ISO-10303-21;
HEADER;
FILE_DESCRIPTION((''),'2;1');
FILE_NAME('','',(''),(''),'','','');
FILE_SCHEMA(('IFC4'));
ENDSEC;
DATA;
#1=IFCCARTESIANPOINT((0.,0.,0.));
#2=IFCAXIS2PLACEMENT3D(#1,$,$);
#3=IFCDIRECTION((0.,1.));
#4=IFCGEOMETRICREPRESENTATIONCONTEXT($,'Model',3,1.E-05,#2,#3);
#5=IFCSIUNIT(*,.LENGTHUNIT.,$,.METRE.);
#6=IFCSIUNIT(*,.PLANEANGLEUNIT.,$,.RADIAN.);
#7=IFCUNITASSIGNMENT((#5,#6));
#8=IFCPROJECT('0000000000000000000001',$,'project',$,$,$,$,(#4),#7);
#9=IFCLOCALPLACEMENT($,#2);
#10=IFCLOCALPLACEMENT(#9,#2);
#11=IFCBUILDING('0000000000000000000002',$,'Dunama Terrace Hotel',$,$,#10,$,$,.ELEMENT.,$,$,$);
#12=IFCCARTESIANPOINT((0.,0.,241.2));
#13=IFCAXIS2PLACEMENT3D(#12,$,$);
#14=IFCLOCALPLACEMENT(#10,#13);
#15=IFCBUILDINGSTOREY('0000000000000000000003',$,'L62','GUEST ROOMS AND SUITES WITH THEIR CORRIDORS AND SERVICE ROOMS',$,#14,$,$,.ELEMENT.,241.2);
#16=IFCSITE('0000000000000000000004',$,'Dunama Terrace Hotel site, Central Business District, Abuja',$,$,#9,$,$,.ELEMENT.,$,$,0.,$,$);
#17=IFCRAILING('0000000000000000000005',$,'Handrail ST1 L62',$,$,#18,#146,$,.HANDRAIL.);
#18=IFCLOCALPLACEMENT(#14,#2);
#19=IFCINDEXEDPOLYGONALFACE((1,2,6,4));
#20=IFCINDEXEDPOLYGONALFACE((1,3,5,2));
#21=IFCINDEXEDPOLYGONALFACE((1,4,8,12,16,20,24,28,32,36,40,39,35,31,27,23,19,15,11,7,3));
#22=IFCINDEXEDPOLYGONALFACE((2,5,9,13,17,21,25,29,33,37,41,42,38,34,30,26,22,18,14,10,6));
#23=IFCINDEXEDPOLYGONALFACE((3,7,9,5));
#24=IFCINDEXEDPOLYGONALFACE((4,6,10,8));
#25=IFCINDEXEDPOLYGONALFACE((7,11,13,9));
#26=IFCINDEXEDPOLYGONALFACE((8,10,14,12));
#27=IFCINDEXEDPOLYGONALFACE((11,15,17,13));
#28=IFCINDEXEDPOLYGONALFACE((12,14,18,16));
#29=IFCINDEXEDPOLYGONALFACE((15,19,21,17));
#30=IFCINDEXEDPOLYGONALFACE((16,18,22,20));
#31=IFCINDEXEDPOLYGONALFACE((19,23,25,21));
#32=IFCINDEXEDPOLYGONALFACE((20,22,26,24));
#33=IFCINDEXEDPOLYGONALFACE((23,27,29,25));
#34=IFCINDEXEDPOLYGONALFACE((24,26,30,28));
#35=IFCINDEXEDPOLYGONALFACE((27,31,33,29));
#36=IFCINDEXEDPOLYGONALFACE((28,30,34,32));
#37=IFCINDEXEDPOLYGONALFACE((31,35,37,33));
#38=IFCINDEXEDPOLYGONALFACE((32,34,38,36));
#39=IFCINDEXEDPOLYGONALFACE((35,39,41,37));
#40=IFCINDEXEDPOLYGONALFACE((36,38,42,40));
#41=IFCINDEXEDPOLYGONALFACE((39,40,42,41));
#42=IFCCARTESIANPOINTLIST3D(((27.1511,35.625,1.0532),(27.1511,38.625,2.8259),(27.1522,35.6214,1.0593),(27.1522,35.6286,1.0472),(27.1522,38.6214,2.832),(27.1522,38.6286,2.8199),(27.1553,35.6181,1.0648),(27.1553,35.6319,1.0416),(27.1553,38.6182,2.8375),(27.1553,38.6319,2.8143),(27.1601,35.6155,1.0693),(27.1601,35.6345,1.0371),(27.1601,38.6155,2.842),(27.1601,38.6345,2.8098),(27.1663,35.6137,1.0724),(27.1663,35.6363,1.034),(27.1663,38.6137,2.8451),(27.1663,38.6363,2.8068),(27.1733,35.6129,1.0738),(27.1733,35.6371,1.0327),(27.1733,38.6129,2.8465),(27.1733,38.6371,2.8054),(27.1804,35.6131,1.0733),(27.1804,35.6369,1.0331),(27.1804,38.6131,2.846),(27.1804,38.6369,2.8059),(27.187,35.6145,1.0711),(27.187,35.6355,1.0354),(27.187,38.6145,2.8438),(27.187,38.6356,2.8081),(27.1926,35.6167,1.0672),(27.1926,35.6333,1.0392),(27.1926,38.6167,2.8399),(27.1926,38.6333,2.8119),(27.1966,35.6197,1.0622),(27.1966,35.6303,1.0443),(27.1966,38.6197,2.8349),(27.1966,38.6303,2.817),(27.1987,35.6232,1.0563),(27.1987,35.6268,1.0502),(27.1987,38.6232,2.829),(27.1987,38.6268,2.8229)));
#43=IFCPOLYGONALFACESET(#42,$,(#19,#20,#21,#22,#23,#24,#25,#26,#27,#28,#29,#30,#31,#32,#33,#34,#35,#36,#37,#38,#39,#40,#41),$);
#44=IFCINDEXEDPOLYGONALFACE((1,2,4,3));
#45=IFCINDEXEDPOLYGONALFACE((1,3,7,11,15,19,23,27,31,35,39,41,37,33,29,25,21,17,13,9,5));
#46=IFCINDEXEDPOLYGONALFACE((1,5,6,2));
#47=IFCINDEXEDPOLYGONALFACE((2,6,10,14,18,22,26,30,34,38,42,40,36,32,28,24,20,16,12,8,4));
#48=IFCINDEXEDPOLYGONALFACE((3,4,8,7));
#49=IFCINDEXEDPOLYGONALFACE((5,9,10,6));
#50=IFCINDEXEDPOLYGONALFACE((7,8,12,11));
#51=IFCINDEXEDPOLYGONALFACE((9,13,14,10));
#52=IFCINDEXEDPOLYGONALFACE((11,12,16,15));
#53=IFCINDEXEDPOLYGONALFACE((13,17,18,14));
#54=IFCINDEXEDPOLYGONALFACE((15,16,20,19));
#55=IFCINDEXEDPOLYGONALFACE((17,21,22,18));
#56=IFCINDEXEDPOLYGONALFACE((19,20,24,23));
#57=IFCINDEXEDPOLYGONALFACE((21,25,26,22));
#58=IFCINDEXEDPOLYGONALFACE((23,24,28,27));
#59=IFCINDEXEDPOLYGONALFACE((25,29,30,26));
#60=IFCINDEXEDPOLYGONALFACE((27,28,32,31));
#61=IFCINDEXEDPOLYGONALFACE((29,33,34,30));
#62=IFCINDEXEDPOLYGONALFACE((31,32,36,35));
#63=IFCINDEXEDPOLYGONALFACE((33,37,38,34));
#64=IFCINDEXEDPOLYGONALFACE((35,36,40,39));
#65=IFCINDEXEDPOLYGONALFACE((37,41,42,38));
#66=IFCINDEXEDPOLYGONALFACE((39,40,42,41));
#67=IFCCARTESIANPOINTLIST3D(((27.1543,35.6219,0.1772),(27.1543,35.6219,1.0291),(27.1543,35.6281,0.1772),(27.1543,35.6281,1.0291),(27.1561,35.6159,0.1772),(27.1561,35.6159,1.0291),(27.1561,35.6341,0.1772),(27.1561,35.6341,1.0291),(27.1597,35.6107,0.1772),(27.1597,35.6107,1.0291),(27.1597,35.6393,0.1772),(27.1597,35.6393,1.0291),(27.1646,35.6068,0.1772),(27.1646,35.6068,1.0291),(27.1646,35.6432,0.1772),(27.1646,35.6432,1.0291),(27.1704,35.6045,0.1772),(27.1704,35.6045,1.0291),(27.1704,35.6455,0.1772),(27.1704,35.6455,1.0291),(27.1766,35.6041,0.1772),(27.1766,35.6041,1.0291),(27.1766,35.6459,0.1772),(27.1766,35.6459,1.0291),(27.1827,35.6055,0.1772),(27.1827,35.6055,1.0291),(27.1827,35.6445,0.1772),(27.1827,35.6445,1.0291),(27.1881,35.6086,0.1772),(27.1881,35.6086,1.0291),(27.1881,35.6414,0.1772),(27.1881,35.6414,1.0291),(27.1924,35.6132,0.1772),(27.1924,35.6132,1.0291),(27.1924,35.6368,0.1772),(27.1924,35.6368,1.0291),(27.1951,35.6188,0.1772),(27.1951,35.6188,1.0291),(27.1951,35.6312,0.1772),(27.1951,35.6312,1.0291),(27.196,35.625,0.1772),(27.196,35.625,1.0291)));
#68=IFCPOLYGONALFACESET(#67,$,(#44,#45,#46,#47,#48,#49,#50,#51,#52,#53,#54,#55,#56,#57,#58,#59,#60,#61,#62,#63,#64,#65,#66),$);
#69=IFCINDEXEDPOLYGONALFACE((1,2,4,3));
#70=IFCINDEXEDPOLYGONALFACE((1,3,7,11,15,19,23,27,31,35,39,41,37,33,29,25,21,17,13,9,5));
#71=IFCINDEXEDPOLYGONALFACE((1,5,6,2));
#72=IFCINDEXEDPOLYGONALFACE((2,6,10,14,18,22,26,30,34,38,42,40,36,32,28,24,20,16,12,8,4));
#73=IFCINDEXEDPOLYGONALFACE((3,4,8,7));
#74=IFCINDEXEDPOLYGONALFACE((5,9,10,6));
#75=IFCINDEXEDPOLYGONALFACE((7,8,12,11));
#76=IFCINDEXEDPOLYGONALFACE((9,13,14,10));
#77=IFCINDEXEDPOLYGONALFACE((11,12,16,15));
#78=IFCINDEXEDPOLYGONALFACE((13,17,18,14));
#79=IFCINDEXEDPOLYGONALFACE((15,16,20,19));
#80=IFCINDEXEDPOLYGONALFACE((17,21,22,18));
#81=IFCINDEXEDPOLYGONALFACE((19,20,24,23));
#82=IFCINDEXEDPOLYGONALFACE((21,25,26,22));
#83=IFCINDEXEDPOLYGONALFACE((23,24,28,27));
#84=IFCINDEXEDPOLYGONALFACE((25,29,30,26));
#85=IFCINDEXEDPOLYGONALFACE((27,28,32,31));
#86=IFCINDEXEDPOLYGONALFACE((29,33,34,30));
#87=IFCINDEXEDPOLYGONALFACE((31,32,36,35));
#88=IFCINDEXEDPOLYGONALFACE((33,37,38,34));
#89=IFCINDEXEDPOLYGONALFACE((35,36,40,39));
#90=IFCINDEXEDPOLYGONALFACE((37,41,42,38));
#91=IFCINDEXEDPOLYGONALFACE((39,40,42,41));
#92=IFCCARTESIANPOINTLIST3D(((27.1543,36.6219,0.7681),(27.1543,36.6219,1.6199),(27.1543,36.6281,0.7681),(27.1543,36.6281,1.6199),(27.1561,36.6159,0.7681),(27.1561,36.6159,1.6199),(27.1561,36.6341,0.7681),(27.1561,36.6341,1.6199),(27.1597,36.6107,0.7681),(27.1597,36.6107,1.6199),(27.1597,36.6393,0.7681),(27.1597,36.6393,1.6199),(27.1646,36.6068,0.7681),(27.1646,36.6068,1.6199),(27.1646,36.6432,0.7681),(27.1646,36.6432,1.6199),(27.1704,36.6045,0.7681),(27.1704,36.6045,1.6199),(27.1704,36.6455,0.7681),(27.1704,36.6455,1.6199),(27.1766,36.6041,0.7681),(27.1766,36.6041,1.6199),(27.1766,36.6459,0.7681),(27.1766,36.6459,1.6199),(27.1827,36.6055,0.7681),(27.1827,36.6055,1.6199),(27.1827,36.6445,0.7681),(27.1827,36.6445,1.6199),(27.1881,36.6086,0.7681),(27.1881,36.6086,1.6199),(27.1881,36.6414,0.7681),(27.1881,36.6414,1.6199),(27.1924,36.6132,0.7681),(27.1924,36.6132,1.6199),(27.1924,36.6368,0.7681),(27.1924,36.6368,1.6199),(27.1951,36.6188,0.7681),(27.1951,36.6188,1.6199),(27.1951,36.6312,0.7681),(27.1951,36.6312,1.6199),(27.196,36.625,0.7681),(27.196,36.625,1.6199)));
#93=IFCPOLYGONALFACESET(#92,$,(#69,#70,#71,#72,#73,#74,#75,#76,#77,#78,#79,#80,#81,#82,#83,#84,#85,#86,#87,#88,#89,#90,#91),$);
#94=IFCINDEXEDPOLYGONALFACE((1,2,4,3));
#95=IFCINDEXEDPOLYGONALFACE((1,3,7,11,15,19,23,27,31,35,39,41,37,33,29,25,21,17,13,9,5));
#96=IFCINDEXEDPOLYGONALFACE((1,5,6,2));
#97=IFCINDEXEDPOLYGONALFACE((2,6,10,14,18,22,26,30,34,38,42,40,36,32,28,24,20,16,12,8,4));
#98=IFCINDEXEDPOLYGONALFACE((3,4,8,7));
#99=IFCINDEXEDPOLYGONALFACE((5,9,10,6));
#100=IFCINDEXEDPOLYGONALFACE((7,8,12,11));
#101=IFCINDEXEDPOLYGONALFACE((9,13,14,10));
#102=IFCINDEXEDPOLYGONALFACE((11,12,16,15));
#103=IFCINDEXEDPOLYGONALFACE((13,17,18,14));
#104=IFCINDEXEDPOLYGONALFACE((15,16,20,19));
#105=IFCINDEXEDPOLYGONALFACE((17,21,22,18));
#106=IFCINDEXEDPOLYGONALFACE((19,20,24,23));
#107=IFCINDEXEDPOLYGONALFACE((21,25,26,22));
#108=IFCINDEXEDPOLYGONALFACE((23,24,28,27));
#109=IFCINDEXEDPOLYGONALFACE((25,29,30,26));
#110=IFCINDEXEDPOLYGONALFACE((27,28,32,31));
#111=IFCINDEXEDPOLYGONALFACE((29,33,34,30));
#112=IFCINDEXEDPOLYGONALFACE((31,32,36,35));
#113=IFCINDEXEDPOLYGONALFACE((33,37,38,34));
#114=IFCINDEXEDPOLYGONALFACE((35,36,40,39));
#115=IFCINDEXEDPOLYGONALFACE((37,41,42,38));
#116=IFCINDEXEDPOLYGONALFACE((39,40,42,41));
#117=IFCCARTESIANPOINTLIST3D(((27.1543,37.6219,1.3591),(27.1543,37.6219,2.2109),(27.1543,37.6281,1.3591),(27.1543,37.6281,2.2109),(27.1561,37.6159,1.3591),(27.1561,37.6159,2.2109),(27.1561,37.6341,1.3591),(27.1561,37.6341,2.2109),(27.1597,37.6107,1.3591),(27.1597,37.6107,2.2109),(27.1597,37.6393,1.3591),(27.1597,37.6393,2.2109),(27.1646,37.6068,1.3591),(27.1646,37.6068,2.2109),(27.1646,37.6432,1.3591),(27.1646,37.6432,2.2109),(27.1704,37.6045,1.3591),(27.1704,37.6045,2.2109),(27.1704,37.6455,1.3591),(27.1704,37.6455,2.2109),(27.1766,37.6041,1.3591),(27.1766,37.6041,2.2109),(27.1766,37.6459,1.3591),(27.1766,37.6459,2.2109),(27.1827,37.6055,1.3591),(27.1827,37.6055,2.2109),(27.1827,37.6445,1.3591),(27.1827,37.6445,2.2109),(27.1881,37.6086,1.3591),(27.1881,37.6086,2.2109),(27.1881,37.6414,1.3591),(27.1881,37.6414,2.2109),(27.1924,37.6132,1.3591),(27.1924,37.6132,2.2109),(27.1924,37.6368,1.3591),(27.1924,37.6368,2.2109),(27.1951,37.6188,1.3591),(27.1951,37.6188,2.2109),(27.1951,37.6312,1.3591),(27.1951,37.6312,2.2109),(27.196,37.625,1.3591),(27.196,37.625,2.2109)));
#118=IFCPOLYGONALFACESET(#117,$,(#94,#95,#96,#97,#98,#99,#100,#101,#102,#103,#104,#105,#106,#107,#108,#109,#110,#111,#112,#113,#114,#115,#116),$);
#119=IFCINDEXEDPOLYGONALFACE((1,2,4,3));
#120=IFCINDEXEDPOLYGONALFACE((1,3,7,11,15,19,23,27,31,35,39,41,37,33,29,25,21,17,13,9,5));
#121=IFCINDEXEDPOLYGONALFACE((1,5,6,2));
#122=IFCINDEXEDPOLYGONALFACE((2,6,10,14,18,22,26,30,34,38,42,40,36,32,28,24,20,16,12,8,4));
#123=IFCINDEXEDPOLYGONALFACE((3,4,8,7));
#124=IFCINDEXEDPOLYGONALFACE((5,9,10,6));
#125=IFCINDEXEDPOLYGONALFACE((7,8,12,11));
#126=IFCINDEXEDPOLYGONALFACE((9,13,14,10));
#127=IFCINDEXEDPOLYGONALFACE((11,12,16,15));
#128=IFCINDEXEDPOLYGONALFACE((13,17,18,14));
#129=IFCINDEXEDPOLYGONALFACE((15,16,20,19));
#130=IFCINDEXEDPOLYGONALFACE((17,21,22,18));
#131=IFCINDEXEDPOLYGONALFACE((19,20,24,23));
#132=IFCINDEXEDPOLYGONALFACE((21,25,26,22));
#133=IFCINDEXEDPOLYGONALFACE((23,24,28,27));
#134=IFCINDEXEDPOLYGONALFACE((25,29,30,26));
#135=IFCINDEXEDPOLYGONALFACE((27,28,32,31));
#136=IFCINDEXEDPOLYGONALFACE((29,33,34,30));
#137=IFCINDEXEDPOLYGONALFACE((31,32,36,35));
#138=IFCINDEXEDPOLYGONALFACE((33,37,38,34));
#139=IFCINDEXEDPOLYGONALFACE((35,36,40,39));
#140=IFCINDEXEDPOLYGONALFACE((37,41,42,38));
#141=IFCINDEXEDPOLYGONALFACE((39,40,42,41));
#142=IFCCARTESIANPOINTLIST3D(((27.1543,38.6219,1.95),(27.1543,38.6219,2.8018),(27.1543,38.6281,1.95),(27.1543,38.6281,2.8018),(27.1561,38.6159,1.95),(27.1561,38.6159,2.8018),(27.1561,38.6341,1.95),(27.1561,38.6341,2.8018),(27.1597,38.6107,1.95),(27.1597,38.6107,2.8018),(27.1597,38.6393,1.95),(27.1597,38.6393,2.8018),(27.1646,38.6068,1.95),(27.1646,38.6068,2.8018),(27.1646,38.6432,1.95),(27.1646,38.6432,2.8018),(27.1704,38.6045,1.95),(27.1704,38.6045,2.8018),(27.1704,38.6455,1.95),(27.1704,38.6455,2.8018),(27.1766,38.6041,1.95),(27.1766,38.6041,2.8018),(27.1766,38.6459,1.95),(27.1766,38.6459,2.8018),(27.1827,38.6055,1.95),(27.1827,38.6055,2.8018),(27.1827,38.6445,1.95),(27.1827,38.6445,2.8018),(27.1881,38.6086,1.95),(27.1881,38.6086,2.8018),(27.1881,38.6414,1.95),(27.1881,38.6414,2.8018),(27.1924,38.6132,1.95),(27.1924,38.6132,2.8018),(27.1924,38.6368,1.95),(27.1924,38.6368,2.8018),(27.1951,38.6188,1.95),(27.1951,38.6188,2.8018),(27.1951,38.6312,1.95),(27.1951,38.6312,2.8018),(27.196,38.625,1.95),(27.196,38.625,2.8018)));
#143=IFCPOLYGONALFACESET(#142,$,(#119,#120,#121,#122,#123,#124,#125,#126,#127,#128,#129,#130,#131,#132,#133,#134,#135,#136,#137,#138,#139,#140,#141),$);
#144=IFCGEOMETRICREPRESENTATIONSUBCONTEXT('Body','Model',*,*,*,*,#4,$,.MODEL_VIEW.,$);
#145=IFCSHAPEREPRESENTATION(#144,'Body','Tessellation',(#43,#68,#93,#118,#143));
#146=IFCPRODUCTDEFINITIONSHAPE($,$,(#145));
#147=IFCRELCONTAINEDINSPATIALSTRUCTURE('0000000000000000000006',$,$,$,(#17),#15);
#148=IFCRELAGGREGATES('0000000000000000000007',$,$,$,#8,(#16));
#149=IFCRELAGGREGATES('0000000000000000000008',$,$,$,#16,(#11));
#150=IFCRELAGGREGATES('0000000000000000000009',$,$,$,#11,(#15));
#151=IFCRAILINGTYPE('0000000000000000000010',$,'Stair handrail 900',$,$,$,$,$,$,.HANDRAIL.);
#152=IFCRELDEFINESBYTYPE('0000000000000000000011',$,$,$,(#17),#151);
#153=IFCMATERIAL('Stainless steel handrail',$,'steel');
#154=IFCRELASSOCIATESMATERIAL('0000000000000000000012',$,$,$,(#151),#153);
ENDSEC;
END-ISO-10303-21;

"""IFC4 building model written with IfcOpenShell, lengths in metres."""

from ifc_helpers import new_model, si_unit, direction, frame, origin, origin_2d, place, context, subcontext, project, spatial, circle, extrude, material, type_object, element, save


model = new_model("IFC4")

# Units and contexts
model_context = context("Model", 3, precision=1e-05, world=origin(), true_north=direction((0.0, 1.0)))
body_context = subcontext(model_context, "Body", "Model", "MODEL_VIEW")
ifc_project = project(units=[si_unit("LENGTHUNIT", "METRE"), si_unit("PLANEANGLEUNIT", "RADIAN")], contexts=[model_context])

# Site, building, storey
site_placement = place(None, origin())
site = spatial("IfcSite", under=ifc_project, at=site_placement, Name="Dunama Terrace Hotel site, Central Business District, Abuja", CompositionType="ELEMENT", RefElevation=0.0)
building_placement = place(site_placement, origin())
building = spatial("IfcBuilding", under=site, at=building_placement, Name="Dunama Terrace Hotel", CompositionType="ELEMENT")
storey_placement = place(building_placement, frame((0.0, 0.0, 241.2)))
storey = spatial("IfcBuildingStorey", under=building, at=storey_placement, Name="L62", Description="GUEST ROOMS AND SUITES WITH THEIR CORRIDORS AND SERVICE ROOMS", CompositionType="ELEMENT", Elevation=241.2)

# Railing
ifc_material_1 = material(Name="Stainless steel handrail", Category="steel")
railing_type = type_object("IfcRailingType", Name="Stair handrail 900", PredefinedType="HANDRAIL", material=ifc_material_1)
railing_1_placement = place(storey_placement, frame((27.175, 35.625, 0.1772)))
element("IfcRailing", 1, at=railing_1_placement, inside=storey, type_object=railing_type, Name="Handrail ST1 L62", PredefinedType="HANDRAIL", context=body_context, shape_type="SweptSolid", body=[
    extrude(circle(Radius=0.0239, at=origin_2d()), frame((0.0, 0.0, 0.876), z_axis=(0.0, 0.860929, 0.508725), x_axis=(-1.0, 0.0, 0.0)), (0.0, 0.0, 1.0), 3.4846),
    extrude(circle(Radius=0.021, at=origin_2d()), origin(), (0.0, 0.0, 1.0), 0.8518),
    extrude(circle(Radius=0.021, at=origin_2d()), frame((0.0, 1.0, 0.5908)), (0.0, 0.0, 1.0), 0.8518),
    extrude(circle(Radius=0.021, at=origin_2d()), frame((0.0, 2.0, 1.1819)), (0.0, 0.0, 1.0), 0.8518),
    extrude(circle(Radius=0.021, at=origin_2d()), frame((0.0, 3.0, 1.7727)), (0.0, 0.0, 1.0), 0.8518),
])

save(model, "model.ifc")
